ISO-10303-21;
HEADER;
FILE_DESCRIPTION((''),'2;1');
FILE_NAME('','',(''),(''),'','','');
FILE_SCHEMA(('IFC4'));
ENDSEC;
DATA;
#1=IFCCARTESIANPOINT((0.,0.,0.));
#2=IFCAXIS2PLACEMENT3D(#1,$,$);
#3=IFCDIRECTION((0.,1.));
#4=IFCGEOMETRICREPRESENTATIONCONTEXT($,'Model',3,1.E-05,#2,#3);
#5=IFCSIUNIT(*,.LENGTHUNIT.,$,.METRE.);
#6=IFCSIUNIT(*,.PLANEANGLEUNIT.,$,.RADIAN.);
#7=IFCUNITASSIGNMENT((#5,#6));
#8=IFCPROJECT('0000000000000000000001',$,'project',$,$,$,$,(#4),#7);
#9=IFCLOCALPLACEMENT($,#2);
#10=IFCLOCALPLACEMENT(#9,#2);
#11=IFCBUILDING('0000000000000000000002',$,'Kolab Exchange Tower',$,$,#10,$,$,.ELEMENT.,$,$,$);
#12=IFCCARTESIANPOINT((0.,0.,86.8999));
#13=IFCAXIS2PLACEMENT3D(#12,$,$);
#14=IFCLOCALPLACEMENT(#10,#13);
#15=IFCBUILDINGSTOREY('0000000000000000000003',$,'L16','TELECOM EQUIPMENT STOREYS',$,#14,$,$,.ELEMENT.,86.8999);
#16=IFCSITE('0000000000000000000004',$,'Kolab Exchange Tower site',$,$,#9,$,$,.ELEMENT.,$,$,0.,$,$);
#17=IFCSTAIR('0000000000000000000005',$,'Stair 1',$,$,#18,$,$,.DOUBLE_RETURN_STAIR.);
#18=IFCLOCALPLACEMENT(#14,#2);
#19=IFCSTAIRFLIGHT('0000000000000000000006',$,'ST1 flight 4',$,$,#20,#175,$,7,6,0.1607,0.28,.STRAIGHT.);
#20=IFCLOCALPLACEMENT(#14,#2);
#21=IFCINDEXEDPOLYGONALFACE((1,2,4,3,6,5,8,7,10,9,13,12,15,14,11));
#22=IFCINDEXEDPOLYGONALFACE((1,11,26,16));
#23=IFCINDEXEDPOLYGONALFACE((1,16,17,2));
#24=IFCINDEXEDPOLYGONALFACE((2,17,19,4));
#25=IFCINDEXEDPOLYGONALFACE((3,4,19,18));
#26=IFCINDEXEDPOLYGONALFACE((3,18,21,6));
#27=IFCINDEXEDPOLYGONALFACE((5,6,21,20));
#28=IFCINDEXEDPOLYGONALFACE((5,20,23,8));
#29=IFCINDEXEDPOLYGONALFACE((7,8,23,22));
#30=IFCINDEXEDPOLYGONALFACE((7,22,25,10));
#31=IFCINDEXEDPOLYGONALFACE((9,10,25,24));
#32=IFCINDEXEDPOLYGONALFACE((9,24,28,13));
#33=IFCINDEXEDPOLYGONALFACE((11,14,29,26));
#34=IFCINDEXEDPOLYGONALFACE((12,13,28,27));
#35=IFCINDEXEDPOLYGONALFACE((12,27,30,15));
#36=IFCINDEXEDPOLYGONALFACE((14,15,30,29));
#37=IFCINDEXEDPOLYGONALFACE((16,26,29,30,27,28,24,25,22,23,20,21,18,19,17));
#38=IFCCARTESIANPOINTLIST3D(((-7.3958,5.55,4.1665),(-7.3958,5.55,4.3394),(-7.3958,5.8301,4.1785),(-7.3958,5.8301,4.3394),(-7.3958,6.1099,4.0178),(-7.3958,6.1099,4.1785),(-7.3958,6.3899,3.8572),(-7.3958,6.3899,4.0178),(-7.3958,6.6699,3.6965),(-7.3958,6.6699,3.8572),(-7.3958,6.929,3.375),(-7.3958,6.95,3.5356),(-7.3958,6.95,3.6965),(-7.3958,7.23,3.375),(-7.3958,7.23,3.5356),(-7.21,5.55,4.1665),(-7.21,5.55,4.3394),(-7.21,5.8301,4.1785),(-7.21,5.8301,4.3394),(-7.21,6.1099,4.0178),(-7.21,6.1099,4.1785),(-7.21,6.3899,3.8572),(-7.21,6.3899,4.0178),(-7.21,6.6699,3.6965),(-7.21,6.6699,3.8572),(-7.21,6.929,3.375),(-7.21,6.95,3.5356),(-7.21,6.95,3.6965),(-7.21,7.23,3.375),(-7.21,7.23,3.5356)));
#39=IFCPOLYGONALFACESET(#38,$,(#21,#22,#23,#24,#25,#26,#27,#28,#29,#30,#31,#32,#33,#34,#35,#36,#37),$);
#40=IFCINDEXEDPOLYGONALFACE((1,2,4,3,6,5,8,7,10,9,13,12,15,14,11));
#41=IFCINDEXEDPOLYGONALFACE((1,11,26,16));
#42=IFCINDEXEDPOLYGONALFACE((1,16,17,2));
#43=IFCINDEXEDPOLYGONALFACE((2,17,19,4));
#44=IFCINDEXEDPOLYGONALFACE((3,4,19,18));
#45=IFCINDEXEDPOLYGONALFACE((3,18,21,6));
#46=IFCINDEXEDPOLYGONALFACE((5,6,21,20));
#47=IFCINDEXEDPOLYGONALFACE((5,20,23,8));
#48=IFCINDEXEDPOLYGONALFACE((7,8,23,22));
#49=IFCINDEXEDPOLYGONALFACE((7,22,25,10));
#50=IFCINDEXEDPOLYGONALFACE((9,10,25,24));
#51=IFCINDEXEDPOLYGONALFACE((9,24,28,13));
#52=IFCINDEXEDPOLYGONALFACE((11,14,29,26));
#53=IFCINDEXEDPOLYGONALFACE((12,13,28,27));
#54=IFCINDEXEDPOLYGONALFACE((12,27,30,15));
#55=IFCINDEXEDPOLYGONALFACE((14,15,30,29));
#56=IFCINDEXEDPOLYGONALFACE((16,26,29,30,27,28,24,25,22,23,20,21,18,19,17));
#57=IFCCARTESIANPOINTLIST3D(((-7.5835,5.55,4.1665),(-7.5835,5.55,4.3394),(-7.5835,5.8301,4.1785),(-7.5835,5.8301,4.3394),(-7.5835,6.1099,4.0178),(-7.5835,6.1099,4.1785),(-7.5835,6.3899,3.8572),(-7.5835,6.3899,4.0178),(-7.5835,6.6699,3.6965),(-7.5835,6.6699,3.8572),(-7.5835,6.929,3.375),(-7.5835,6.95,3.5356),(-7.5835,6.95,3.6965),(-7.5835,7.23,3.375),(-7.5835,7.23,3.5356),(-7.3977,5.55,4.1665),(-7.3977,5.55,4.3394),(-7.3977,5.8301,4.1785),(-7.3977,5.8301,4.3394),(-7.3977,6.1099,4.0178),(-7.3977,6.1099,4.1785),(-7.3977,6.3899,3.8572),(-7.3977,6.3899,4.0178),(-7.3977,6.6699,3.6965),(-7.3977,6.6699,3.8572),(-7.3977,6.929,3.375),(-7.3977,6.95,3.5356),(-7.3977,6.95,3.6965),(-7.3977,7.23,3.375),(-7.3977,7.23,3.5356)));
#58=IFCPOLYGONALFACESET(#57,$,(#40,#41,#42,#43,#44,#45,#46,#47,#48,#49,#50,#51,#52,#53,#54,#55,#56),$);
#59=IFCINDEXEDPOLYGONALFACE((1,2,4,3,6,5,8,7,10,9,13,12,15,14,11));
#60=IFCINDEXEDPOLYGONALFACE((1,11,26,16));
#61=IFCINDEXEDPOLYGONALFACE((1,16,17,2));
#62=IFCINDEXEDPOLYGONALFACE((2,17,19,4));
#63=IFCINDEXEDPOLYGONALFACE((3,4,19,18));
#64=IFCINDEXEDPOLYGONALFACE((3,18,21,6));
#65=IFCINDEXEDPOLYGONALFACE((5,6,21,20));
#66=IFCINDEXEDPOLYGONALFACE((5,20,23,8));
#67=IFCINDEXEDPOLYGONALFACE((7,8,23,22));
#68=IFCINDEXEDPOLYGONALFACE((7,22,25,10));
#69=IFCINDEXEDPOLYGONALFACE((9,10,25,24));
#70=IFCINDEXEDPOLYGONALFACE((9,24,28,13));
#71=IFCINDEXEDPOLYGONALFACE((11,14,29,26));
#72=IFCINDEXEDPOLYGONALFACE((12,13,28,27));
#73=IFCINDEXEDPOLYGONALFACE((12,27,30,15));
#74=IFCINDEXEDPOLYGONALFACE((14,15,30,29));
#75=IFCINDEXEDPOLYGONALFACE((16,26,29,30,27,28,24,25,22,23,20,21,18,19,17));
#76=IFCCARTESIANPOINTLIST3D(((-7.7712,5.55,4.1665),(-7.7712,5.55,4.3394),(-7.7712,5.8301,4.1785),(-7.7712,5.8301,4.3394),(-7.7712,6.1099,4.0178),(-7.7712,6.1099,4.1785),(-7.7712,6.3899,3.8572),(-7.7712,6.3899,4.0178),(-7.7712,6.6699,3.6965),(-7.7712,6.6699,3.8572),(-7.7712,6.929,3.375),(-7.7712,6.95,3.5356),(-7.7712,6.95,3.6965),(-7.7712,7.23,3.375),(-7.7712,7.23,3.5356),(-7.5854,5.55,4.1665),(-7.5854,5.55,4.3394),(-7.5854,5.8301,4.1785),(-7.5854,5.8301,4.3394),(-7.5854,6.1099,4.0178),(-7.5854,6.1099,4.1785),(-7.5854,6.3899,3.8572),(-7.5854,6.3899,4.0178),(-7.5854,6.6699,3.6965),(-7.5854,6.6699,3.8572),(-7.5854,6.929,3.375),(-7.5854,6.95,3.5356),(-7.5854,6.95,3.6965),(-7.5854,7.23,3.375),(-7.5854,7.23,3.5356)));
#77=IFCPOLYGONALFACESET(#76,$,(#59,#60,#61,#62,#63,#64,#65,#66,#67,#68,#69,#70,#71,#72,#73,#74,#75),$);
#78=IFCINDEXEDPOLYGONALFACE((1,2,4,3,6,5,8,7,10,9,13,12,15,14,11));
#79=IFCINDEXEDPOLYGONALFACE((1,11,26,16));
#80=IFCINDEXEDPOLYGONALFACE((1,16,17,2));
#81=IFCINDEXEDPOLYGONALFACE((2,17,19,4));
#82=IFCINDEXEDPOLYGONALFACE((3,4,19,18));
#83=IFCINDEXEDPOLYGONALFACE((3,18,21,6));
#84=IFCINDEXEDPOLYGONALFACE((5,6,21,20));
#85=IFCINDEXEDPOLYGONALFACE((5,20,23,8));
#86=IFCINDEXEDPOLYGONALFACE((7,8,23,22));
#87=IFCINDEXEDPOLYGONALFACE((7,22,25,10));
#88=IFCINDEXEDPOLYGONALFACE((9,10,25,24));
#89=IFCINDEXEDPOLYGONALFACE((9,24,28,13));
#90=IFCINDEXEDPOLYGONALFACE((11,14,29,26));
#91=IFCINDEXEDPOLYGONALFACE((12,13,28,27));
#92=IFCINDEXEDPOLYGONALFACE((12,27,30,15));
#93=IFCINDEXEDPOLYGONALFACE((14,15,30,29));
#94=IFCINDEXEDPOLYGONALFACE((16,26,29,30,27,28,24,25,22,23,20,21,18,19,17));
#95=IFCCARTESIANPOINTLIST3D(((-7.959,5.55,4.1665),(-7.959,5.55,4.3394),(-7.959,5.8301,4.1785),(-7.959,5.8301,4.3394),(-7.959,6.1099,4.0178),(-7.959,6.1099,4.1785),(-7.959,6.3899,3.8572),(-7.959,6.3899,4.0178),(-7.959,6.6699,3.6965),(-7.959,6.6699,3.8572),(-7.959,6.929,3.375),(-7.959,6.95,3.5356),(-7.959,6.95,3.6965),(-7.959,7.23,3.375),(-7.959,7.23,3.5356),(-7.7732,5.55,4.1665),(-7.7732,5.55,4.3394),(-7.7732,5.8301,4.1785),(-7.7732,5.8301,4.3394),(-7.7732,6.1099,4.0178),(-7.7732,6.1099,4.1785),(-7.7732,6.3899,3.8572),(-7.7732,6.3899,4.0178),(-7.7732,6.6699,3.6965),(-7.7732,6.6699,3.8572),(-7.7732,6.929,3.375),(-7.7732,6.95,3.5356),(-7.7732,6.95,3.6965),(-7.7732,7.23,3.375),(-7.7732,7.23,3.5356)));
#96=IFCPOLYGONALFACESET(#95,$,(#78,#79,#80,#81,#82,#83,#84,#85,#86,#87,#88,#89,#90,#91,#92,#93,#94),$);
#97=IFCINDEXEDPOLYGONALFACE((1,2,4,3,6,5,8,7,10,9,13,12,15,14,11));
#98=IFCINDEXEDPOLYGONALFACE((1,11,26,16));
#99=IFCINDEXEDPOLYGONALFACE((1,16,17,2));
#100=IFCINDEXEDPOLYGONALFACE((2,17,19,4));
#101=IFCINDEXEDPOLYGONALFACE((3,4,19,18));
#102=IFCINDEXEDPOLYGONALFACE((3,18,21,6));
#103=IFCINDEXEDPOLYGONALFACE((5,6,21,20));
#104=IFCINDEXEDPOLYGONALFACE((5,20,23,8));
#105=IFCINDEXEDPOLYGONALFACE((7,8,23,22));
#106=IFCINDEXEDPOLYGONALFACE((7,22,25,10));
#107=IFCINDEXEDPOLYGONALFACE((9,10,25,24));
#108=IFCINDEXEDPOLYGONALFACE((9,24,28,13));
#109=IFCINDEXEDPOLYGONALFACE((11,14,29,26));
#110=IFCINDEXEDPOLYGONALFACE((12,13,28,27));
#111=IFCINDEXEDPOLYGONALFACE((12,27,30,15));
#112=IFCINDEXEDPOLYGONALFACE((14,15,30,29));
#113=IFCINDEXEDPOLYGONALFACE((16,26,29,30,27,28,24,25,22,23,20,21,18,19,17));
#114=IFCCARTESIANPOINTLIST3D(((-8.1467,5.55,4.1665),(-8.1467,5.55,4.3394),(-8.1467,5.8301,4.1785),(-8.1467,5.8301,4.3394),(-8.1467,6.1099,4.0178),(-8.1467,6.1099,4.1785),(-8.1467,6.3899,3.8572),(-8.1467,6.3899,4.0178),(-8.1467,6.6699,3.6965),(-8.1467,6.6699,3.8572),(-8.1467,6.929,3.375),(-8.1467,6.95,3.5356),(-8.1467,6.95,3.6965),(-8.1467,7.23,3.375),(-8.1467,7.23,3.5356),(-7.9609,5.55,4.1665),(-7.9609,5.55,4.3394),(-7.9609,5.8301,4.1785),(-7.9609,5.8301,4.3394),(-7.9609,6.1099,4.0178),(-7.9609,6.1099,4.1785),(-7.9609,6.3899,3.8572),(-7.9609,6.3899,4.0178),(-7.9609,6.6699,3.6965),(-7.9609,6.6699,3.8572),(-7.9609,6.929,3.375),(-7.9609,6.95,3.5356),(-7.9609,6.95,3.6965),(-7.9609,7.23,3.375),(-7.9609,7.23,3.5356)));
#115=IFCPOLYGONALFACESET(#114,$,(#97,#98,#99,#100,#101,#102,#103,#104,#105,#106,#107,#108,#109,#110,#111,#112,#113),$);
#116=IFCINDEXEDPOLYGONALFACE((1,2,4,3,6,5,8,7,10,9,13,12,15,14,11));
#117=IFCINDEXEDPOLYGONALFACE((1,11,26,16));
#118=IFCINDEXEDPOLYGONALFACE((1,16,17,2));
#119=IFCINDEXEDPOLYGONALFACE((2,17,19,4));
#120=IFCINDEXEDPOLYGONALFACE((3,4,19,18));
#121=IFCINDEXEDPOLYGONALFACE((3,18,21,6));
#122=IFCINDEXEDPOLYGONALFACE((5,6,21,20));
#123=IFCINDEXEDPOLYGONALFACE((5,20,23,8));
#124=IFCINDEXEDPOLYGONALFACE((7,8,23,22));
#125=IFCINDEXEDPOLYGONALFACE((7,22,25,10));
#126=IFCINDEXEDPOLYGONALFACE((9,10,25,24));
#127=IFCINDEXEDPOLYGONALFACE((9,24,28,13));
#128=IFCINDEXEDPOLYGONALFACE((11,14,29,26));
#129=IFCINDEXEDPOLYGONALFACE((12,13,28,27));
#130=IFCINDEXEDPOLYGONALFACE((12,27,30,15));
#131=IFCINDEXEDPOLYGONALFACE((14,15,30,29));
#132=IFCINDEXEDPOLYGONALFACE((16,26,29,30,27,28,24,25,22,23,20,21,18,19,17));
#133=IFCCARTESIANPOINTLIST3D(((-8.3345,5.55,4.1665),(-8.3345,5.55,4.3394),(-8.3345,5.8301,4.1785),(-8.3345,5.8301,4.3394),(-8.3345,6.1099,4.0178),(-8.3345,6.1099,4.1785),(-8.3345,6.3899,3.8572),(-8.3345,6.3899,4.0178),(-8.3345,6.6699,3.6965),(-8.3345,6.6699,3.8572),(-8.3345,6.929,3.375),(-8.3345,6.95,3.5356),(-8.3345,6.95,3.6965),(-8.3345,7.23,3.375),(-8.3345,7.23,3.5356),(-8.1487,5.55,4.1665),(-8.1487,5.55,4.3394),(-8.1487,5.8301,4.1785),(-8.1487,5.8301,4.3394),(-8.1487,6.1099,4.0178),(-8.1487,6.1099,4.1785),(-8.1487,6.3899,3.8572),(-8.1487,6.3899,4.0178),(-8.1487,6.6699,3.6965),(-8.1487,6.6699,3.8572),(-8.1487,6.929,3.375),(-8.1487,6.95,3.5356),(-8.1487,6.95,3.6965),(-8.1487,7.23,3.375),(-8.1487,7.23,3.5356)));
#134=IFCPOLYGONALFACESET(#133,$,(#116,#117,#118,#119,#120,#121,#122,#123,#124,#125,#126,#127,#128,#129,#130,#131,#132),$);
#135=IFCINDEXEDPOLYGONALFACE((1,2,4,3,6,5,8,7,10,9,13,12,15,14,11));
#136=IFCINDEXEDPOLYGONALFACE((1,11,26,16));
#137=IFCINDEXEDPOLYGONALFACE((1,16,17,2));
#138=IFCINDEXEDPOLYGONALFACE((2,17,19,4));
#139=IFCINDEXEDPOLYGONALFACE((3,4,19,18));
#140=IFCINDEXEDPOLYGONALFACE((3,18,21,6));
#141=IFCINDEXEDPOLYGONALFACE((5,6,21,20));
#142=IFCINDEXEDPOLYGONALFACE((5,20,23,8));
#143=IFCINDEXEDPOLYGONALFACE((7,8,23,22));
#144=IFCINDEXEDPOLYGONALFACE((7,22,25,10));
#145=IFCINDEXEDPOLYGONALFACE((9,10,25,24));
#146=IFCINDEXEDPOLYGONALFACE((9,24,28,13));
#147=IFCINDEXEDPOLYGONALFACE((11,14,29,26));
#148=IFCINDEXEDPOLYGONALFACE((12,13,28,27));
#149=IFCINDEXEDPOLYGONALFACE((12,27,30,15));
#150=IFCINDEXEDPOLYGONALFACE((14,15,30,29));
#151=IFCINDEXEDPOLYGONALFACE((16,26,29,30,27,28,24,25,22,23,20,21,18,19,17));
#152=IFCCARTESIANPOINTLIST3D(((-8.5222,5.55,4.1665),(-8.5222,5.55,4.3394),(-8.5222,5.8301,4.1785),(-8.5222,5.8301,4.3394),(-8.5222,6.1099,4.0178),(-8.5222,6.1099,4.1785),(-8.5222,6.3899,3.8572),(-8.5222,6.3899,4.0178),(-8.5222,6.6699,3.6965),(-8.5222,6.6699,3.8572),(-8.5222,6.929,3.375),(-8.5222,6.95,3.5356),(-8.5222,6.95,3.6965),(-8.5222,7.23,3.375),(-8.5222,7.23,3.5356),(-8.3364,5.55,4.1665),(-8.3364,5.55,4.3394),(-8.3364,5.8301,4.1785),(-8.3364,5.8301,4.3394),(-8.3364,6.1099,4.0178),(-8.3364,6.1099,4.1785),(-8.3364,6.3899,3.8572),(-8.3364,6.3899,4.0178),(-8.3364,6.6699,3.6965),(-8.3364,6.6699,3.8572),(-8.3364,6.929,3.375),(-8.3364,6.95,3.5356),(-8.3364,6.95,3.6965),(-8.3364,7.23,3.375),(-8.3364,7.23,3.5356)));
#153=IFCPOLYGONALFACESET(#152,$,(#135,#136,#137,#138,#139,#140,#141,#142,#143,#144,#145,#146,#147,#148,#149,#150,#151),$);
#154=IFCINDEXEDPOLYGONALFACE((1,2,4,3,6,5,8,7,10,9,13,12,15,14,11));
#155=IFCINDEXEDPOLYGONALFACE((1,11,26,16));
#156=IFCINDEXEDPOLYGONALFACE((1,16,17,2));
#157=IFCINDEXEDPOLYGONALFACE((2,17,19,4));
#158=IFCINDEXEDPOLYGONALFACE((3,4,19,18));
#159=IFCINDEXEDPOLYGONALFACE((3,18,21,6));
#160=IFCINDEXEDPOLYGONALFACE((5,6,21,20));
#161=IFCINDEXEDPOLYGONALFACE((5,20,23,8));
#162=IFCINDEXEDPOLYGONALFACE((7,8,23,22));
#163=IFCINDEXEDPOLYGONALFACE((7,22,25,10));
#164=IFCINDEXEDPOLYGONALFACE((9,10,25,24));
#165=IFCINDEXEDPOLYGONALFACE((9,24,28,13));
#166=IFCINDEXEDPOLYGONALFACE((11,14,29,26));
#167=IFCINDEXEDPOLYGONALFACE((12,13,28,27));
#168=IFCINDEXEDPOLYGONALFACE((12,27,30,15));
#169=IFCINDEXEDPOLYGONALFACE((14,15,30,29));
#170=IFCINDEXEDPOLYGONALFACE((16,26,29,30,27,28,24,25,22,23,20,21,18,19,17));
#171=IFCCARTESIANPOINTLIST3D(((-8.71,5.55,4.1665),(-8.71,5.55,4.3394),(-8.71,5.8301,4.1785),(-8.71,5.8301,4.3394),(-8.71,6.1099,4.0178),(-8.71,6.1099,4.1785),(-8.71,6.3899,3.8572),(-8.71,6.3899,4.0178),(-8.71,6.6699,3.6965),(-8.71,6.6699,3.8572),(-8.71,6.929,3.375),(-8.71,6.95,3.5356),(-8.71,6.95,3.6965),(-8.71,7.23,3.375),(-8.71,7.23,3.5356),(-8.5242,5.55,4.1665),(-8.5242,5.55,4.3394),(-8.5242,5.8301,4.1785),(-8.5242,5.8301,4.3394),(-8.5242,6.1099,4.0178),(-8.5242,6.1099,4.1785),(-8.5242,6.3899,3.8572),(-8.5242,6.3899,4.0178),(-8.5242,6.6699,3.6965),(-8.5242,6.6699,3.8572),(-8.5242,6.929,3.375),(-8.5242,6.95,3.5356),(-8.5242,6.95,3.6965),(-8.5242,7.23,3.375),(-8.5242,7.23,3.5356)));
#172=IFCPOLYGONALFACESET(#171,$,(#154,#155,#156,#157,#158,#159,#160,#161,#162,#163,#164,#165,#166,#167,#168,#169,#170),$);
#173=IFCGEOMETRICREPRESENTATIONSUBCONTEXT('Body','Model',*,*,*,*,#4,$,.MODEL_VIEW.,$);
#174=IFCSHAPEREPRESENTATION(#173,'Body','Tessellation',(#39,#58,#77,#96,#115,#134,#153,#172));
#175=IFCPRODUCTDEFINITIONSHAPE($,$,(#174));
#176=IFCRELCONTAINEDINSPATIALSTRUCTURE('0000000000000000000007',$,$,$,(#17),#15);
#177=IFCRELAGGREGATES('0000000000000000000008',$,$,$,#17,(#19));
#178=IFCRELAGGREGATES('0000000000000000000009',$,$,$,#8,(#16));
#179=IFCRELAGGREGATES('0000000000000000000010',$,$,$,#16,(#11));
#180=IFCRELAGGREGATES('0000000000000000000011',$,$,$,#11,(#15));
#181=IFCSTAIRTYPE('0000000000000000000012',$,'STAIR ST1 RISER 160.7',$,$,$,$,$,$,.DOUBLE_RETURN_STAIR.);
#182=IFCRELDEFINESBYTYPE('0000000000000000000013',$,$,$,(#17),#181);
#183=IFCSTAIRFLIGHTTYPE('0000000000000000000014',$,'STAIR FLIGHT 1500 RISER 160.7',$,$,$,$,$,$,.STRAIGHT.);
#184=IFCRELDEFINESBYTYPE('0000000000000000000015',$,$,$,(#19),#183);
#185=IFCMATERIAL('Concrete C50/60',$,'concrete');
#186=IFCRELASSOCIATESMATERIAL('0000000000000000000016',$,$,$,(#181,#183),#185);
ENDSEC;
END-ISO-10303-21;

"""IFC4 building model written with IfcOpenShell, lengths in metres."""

from ifc_helpers import new_model, si_unit, direction, frame, origin, place, context, subcontext, project, spatial, polyline, outline, extrude, material, type_object, element, aggregate, save


model = new_model("IFC4")

# Units and contexts
model_context = context("Model", 3, precision=1e-05, world=origin(), true_north=direction((0.0, 1.0)))
body_context = subcontext(model_context, "Body", "Model", "MODEL_VIEW")
ifc_project = project(units=[si_unit("LENGTHUNIT", "METRE"), si_unit("PLANEANGLEUNIT", "RADIAN")], contexts=[model_context])

# Site, building, storey
site_placement = place(None, origin())
site = spatial("IfcSite", under=ifc_project, at=site_placement, Name="Kolab Exchange Tower site", CompositionType="ELEMENT", RefElevation=0.0)
building_placement = place(site_placement, origin())
building = spatial("IfcBuilding", under=site, at=building_placement, Name="Kolab Exchange Tower", CompositionType="ELEMENT")
storey_placement = place(building_placement, frame((0.0, 0.0, 86.8999)))
storey = spatial("IfcBuildingStorey", under=building, at=storey_placement, Name="L16", Description="TELECOM EQUIPMENT STOREYS", CompositionType="ELEMENT", Elevation=86.8999)

# Shared definitions
ifc_material_1 = material(Name="Concrete C50/60", Category="concrete")

# Stair, stair flight
stair_type = type_object("IfcStairType", Name="STAIR ST1 RISER 160.7", PredefinedType="DOUBLE_RETURN_STAIR", material=ifc_material_1)
stair_placement = place(storey_placement, origin())
stair = element("IfcStair", 1, at=stair_placement, inside=storey, type_object=stair_type, Name="Stair 1", PredefinedType="DOUBLE_RETURN_STAIR")
stair_flight_type = type_object("IfcStairFlightType", Name="STAIR FLIGHT 1500 RISER 160.7", PredefinedType="STRAIGHT", material=ifc_material_1)
stair_flight_1_placement = place(storey_placement, frame((-7.96, 7.23, 3.375), z_axis=(0.0, 0.0, 1.0), x_axis=(0.0, -1.0, 0.0)))
stair_flight_1 = element("IfcStairFlight", 2, at=stair_flight_1_placement, type_object=stair_flight_type, Name="ST1 flight 4", NumberOfRisers=7, NumberOfTreads=6, PredefinedType="STRAIGHT", RiserHeight=0.1607, TreadLength=0.28, context=body_context, shape_type="SweptSolid", body=[
    extrude(outline(polyline([(0.0, 0.0), (0.0, 0.1606), (0.28, 0.1606), (0.28, 0.3215), (0.5601, 0.3215), (0.5601, 0.4822), (0.8401, 0.4822), (0.8401, 0.6428), (1.1201, 0.6428), (1.1201, 0.8035), (1.3999, 0.8035), (1.3999, 0.9644), (1.6799, 0.9644), (1.6799, 1.125), (1.6799, 0.7915), (0.301, 0.0), (0.0, 0.0)])), frame((0.0, 0.75, 0.0), z_axis=(0.0, -1.0, 0.0), x_axis=(1.0, 0.0, 0.0)), (0.0, 0.0, 1.0), 0.1858),
    extrude(outline(polyline([(0.0, 0.0), (0.0, 0.1606), (0.28, 0.1606), (0.28, 0.3215), (0.5601, 0.3215), (0.5601, 0.4822), (0.8401, 0.4822), (0.8401, 0.6428), (1.1201, 0.6428), (1.1201, 0.8035), (1.3999, 0.8035), (1.3999, 0.9644), (1.6799, 0.9644), (1.6799, 1.125), (1.6799, 0.7915), (0.301, 0.0), (0.0, 0.0)])), frame((0.0, 0.5623, 0.0), z_axis=(0.0, -1.0, 0.0), x_axis=(1.0, 0.0, 0.0)), (0.0, 0.0, 1.0), 0.1858),
    extrude(outline(polyline([(0.0, 0.0), (0.0, 0.1606), (0.28, 0.1606), (0.28, 0.3215), (0.5601, 0.3215), (0.5601, 0.4822), (0.8401, 0.4822), (0.8401, 0.6428), (1.1201, 0.6428), (1.1201, 0.8035), (1.3999, 0.8035), (1.3999, 0.9644), (1.6799, 0.9644), (1.6799, 1.125), (1.6799, 0.7915), (0.301, 0.0), (0.0, 0.0)])), frame((0.0, 0.3745, 0.0), z_axis=(0.0, -1.0, 0.0), x_axis=(1.0, 0.0, 0.0)), (0.0, 0.0, 1.0), 0.1858),
    extrude(outline(polyline([(0.0, 0.0), (0.0, 0.1606), (0.28, 0.1606), (0.28, 0.3215), (0.5601, 0.3215), (0.5601, 0.4822), (0.8401, 0.4822), (0.8401, 0.6428), (1.1201, 0.6428), (1.1201, 0.8035), (1.3999, 0.8035), (1.3999, 0.9644), (1.6799, 0.9644), (1.6799, 1.125), (1.6799, 0.7915), (0.301, 0.0), (0.0, 0.0)])), frame((0.0, 0.1868, 0.0), z_axis=(0.0, -1.0, 0.0), x_axis=(1.0, 0.0, 0.0)), (0.0, 0.0, 1.0), 0.1858),
    extrude(outline(polyline([(0.0, 0.0), (0.0, 0.1606), (0.28, 0.1606), (0.28, 0.3215), (0.5601, 0.3215), (0.5601, 0.4822), (0.8401, 0.4822), (0.8401, 0.6428), (1.1201, 0.6428), (1.1201, 0.8035), (1.3999, 0.8035), (1.3999, 0.9644), (1.6799, 0.9644), (1.6799, 1.125), (1.6799, 0.7915), (0.301, 0.0), (0.0, 0.0)])), frame((0.0, -0.001, 0.0), z_axis=(0.0, -1.0, 0.0), x_axis=(1.0, 0.0, 0.0)), (0.0, 0.0, 1.0), 0.1858),
    extrude(outline(polyline([(0.0, 0.0), (0.0, 0.1606), (0.28, 0.1606), (0.28, 0.3215), (0.5601, 0.3215), (0.5601, 0.4822), (0.8401, 0.4822), (0.8401, 0.6428), (1.1201, 0.6428), (1.1201, 0.8035), (1.3999, 0.8035), (1.3999, 0.9644), (1.6799, 0.9644), (1.6799, 1.125), (1.6799, 0.7915), (0.301, 0.0), (0.0, 0.0)])), frame((0.0, -0.1887, 0.0), z_axis=(0.0, -1.0, 0.0), x_axis=(1.0, 0.0, 0.0)), (0.0, 0.0, 1.0), 0.1858),
    extrude(outline(polyline([(0.0, 0.0), (0.0, 0.1606), (0.28, 0.1606), (0.28, 0.3215), (0.5601, 0.3215), (0.5601, 0.4822), (0.8401, 0.4822), (0.8401, 0.6428), (1.1201, 0.6428), (1.1201, 0.8035), (1.3999, 0.8035), (1.3999, 0.9644), (1.6799, 0.9644), (1.6799, 1.125), (1.6799, 0.7915), (0.301, 0.0), (0.0, 0.0)])), frame((0.0, -0.3765, 0.0), z_axis=(0.0, -1.0, 0.0), x_axis=(1.0, 0.0, 0.0)), (0.0, 0.0, 1.0), 0.1858),
    extrude(outline(polyline([(0.0, 0.0), (0.0, 0.1606), (0.28, 0.1606), (0.28, 0.3215), (0.5601, 0.3215), (0.5601, 0.4822), (0.8401, 0.4822), (0.8401, 0.6428), (1.1201, 0.6428), (1.1201, 0.8035), (1.3999, 0.8035), (1.3999, 0.9644), (1.6799, 0.9644), (1.6799, 1.125), (1.6799, 0.7915), (0.301, 0.0), (0.0, 0.0)])), frame((0.0, -0.5642, 0.0), z_axis=(0.0, -1.0, 0.0), x_axis=(1.0, 0.0, 0.0)), (0.0, 0.0, 1.0), 0.1858),
])
aggregate(stair, [stair_flight_1])

save(model, "model.ifc")
